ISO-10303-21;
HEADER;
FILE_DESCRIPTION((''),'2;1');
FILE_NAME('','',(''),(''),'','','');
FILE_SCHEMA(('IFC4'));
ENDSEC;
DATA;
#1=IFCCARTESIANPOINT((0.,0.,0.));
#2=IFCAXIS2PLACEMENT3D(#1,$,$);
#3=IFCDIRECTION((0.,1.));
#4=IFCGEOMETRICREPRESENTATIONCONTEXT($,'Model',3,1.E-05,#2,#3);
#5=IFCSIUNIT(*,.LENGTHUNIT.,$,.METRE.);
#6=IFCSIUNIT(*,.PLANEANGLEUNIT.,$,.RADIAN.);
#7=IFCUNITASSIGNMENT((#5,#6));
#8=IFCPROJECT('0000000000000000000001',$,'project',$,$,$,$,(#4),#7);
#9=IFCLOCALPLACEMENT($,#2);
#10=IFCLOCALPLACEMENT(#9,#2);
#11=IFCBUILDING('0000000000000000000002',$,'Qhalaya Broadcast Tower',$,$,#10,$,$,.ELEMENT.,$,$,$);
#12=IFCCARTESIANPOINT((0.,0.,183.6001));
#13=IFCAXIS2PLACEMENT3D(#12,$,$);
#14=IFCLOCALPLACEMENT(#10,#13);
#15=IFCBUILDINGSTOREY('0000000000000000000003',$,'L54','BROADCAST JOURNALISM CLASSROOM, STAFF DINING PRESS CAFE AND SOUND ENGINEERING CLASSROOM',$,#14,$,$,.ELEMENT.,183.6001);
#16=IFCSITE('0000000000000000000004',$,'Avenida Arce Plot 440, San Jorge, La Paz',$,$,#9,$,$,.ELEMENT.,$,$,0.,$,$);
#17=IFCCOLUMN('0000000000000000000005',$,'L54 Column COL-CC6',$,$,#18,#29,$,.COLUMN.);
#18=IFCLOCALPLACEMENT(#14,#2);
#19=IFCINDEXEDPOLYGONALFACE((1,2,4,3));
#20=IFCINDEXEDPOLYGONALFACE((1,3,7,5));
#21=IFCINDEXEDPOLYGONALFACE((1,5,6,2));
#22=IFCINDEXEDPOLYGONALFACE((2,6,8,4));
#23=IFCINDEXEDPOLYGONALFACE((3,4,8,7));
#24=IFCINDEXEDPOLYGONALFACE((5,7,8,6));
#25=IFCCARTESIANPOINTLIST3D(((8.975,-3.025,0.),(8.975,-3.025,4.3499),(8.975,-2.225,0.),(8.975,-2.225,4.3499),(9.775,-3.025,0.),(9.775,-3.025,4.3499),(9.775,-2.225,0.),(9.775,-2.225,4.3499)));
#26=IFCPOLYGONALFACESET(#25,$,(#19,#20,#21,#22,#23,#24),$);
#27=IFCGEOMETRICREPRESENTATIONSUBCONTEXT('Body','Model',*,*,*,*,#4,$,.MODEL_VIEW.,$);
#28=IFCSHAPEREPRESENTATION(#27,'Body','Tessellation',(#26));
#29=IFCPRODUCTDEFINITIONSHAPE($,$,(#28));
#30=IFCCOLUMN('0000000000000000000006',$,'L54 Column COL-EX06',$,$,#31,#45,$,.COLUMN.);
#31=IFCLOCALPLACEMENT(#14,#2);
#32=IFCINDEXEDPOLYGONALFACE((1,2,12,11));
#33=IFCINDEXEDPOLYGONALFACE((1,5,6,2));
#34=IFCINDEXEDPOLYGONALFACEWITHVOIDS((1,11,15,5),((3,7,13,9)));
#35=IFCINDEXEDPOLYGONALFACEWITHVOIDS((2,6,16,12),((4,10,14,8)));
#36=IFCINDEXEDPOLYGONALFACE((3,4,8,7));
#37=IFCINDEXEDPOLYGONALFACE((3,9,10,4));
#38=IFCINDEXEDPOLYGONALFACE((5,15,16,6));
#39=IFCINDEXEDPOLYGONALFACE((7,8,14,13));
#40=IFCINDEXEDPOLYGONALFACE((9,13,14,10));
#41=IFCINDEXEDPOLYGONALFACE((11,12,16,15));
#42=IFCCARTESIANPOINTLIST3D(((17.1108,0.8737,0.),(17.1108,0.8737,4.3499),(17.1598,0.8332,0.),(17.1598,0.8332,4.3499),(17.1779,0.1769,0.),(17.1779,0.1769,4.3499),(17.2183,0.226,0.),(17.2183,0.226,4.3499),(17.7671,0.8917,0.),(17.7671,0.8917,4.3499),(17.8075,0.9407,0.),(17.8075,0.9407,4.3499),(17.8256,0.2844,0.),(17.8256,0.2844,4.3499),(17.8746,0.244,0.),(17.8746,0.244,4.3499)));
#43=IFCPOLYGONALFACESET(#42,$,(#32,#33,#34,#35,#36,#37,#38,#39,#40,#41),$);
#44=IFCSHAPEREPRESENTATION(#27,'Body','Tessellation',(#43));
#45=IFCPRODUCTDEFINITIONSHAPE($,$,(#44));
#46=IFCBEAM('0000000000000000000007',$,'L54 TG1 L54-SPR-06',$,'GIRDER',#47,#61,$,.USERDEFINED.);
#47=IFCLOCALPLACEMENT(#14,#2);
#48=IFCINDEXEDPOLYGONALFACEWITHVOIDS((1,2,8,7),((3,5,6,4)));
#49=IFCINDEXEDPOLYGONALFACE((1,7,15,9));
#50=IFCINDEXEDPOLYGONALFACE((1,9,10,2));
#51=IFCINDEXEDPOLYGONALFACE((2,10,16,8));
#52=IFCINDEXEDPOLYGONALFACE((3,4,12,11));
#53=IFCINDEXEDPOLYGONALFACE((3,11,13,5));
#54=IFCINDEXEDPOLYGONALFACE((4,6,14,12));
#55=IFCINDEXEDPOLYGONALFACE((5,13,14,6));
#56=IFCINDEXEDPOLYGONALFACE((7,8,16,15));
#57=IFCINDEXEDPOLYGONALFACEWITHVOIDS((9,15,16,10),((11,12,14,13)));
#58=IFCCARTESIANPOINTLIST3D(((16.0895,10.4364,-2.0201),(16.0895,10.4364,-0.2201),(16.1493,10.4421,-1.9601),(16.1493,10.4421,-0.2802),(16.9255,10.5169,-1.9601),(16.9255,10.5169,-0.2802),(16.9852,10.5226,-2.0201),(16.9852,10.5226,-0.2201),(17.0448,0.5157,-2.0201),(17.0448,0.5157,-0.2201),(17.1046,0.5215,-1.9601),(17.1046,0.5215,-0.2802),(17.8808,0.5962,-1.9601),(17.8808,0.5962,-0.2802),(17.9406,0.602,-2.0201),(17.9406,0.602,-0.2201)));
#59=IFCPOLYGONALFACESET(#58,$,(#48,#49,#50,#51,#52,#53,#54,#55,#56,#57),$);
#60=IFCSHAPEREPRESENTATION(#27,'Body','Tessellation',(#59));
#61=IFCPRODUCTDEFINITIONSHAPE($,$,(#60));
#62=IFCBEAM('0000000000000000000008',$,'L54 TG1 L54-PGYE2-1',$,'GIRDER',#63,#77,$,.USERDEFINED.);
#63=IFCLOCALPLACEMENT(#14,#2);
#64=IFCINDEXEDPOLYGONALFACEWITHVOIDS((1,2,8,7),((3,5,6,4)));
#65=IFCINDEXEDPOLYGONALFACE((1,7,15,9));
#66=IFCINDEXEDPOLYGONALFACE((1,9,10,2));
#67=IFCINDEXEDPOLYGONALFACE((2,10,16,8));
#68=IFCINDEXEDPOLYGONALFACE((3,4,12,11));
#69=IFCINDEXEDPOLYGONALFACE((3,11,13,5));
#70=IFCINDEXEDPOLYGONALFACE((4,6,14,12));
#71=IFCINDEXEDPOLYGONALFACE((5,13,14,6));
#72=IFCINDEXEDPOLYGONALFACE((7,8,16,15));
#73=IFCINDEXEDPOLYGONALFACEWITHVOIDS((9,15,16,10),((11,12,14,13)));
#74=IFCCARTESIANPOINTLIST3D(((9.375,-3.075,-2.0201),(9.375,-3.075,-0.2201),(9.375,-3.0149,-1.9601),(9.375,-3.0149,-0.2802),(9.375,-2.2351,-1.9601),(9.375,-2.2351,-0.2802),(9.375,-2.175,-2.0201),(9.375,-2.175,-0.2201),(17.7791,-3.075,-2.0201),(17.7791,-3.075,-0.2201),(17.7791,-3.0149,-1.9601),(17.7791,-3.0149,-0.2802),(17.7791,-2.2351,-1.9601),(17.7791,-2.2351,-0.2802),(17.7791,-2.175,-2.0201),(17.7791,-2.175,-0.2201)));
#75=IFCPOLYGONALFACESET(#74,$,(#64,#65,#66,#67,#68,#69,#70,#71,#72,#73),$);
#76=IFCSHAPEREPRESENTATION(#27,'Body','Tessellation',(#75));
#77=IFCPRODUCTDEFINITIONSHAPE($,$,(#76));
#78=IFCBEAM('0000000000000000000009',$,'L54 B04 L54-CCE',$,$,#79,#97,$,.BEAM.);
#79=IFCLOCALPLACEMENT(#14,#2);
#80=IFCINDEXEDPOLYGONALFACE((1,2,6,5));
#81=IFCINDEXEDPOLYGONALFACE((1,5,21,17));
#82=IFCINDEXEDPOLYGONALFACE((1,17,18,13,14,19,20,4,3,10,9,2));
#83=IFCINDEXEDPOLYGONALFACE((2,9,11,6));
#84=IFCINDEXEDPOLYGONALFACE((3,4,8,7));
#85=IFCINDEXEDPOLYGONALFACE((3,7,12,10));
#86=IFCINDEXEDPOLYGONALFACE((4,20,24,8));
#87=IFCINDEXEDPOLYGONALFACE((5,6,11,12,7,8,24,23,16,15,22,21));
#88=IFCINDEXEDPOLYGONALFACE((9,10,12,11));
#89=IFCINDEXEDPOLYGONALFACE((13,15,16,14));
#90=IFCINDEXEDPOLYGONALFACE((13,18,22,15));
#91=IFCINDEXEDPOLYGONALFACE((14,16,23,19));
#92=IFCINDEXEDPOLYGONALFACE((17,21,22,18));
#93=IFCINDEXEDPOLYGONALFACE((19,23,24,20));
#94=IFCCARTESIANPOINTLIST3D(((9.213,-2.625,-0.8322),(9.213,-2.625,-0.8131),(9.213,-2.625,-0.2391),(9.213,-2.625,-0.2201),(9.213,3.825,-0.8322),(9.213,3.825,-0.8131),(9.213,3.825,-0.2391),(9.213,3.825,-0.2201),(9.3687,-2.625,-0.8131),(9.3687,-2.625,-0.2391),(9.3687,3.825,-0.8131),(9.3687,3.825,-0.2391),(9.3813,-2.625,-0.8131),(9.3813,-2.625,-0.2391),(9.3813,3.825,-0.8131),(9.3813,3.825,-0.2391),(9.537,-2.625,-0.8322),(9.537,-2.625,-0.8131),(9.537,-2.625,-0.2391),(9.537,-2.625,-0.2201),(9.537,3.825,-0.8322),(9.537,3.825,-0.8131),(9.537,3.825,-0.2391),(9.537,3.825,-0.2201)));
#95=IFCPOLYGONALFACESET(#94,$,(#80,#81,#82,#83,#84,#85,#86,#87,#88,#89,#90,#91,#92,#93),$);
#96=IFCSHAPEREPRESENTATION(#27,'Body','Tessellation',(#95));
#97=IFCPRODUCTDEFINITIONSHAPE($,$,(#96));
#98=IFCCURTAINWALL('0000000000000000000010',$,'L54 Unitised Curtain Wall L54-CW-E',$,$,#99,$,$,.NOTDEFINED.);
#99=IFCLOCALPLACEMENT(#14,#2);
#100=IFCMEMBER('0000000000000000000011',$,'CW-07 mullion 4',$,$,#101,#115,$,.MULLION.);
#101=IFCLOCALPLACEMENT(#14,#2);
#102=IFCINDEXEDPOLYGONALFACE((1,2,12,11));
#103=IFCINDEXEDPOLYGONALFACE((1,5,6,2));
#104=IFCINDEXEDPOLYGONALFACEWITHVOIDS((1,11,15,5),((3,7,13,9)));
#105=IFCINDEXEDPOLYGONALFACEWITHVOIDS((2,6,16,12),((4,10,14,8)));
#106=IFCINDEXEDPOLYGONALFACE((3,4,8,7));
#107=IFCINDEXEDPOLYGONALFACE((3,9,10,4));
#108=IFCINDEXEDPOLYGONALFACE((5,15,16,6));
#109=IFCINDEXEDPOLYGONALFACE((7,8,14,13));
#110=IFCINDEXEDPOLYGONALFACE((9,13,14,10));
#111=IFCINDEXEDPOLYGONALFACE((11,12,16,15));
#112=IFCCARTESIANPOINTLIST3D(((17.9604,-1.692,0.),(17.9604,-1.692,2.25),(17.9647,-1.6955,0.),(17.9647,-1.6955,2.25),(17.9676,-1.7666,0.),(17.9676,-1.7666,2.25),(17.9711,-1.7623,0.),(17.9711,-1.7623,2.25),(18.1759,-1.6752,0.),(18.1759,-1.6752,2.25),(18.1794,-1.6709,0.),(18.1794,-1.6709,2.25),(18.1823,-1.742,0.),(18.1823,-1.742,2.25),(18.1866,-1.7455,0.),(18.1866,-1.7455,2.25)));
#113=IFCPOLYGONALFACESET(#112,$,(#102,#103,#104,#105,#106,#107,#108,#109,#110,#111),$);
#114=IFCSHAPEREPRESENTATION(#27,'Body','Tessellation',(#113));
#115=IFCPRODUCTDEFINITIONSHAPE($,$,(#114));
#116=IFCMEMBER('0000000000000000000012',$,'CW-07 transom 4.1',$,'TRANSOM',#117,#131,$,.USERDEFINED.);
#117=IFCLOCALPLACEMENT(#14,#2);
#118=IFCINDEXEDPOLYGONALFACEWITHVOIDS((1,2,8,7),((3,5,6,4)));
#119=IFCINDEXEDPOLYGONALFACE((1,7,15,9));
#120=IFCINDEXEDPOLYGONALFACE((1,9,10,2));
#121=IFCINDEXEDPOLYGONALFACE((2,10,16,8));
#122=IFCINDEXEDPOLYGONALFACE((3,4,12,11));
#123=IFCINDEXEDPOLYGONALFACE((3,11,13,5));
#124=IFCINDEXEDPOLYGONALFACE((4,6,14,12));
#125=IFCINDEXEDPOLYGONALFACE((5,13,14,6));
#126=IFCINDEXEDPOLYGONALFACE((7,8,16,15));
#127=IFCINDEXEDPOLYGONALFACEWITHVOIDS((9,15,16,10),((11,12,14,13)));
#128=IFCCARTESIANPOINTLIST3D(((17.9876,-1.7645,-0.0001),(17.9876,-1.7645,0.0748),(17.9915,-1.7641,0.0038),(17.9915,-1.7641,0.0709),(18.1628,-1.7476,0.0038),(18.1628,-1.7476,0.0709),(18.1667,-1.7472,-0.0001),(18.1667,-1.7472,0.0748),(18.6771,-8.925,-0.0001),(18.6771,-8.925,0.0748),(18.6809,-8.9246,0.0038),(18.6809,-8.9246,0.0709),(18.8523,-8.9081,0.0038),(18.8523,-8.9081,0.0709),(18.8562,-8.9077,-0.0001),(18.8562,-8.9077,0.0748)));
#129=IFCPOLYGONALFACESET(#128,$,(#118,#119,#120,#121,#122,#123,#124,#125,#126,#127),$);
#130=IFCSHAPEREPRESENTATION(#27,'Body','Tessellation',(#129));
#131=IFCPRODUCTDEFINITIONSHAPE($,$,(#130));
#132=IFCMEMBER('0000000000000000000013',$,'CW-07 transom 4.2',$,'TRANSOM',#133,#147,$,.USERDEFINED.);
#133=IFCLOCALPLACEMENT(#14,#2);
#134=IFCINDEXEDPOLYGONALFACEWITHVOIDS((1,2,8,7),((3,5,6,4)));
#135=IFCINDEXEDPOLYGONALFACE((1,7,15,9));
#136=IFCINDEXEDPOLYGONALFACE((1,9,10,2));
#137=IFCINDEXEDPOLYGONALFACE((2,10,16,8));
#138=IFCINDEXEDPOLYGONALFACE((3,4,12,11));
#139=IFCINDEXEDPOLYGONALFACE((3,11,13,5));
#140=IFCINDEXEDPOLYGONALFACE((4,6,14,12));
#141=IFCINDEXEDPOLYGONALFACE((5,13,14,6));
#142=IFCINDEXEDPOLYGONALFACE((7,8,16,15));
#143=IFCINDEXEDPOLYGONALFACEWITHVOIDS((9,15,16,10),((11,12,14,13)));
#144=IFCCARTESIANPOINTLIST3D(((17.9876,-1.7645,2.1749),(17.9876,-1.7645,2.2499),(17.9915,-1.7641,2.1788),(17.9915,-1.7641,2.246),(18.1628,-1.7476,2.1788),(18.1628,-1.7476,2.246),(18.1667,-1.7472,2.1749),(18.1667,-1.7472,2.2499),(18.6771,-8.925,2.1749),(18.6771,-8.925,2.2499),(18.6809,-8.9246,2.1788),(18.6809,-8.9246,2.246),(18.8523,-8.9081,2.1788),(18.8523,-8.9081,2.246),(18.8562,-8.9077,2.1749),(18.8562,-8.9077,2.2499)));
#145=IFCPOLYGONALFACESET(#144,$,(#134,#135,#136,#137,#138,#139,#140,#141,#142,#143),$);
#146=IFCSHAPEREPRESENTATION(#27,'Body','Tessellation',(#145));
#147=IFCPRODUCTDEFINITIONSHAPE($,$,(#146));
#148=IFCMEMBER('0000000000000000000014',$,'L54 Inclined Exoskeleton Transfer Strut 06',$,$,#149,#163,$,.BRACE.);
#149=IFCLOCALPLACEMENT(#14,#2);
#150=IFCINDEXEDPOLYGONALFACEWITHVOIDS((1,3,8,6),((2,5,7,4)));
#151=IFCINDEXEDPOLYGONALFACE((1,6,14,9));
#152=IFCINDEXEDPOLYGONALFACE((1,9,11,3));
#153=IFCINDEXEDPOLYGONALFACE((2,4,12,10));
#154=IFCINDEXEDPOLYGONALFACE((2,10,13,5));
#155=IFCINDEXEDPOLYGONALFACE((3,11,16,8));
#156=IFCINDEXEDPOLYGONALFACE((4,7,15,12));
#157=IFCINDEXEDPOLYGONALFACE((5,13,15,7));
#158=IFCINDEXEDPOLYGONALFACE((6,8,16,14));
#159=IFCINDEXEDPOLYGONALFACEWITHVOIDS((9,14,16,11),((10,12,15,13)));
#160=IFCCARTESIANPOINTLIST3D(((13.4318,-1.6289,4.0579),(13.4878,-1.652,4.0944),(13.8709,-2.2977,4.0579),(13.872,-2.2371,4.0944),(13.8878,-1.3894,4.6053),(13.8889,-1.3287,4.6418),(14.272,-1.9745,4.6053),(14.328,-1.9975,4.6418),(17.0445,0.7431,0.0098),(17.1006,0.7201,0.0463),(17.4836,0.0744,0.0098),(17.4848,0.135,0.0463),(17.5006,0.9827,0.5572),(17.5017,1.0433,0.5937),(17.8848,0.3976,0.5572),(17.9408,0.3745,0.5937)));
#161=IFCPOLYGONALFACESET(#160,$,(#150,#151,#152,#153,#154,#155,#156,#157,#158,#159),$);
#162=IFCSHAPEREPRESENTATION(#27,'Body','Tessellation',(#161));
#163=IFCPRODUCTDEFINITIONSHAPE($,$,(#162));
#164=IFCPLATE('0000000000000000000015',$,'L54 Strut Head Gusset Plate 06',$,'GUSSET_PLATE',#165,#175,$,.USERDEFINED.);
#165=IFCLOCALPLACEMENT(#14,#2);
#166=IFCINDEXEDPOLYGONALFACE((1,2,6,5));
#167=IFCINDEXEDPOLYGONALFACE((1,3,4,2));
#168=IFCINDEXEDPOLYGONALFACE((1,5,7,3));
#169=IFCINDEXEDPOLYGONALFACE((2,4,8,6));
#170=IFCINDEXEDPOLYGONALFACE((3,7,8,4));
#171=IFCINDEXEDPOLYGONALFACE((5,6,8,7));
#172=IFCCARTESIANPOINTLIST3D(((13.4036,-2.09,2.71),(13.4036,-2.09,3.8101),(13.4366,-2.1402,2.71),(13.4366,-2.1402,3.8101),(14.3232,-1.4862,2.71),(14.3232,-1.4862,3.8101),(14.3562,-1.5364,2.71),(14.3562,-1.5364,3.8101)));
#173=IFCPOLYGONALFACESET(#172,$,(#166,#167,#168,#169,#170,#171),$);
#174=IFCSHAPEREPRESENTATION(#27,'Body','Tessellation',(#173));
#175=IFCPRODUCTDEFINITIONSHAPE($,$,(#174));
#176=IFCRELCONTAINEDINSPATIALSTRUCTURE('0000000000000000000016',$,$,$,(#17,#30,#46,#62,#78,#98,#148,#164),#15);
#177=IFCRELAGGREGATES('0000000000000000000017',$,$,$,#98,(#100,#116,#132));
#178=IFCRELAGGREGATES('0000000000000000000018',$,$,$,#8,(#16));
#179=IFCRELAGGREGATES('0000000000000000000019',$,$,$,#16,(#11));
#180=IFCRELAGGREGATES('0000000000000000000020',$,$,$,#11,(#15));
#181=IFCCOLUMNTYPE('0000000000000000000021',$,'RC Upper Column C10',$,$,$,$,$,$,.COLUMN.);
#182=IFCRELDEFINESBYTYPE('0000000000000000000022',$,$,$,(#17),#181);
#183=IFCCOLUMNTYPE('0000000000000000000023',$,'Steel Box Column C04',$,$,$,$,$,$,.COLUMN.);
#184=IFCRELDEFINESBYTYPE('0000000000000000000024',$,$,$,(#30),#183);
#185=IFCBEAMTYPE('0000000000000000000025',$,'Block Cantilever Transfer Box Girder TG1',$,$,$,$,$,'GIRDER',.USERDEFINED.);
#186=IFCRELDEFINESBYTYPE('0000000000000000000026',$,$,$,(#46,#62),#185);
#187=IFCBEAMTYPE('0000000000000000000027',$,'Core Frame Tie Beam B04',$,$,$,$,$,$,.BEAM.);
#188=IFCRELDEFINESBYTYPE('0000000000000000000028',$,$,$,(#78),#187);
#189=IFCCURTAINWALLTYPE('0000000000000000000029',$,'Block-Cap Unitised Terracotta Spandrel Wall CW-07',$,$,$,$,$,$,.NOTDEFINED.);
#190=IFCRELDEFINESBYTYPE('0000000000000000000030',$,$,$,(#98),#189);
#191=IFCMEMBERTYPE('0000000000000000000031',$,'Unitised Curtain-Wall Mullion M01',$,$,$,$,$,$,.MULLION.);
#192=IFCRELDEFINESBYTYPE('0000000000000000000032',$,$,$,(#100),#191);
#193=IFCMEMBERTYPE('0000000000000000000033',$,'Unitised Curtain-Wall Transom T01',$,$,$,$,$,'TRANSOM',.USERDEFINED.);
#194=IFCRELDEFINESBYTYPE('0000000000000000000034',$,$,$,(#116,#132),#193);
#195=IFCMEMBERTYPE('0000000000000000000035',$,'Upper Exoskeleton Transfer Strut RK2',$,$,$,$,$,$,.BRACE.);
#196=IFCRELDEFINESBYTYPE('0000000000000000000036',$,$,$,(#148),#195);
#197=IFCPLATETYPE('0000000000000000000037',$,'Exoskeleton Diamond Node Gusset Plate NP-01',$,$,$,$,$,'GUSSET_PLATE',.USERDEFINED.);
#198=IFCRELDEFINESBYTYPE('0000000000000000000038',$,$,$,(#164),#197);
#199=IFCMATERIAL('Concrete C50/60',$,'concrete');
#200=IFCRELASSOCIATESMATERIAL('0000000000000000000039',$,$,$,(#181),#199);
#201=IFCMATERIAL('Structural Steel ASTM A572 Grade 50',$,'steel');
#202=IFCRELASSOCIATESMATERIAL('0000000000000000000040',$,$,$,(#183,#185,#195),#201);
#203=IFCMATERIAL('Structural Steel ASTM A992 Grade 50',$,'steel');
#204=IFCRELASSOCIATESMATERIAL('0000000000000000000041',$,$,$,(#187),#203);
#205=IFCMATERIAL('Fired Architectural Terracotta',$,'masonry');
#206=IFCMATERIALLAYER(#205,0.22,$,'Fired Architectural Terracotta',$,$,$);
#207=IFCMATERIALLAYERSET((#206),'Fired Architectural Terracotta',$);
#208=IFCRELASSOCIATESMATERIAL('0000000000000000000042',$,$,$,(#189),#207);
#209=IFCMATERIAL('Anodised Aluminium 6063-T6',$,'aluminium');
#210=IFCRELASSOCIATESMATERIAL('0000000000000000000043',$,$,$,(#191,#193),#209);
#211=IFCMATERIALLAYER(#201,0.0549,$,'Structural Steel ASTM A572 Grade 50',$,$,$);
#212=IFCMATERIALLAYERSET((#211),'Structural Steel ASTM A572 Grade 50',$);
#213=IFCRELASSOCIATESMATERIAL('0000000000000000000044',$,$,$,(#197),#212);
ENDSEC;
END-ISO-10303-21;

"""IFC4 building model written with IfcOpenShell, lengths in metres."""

from ifc_helpers import new_model, si_unit, direction, frame, origin, origin_2d, place, context, subcontext, project, spatial, rectangle, hollow_rectangle, i_section, extrude, material, layer, layer_set, material_profile, profile_set, type_object, element, aggregate, save


model = new_model("IFC4")

# Units and contexts
model_context = context("Model", 3, precision=1e-05, world=origin(), true_north=direction((0.0, 1.0)))
body_context = subcontext(model_context, "Body", "Model", "MODEL_VIEW")
ifc_project = project(units=[si_unit("LENGTHUNIT", "METRE"), si_unit("PLANEANGLEUNIT", "RADIAN")], contexts=[model_context])

# Site, building, storey
site_placement = place(None, origin())
site = spatial("IfcSite", under=ifc_project, at=site_placement, Name="Avenida Arce Plot 440, San Jorge, La Paz", CompositionType="ELEMENT", RefElevation=0.0)
building_placement = place(site_placement, origin())
building = spatial("IfcBuilding", under=site, at=building_placement, Name="Qhalaya Broadcast Tower", CompositionType="ELEMENT")
storey_placement = place(building_placement, frame((0.0, 0.0, 183.6001)))
storey = spatial("IfcBuildingStorey", under=building, at=storey_placement, Name="L54", Description="BROADCAST JOURNALISM CLASSROOM, STAFF DINING PRESS CAFE AND SOUND ENGINEERING CLASSROOM", CompositionType="ELEMENT", Elevation=183.6001)

# Columns
ifc_material_1 = material(Name="Concrete C50/60", Category="concrete")
ifc_material_profile_1 = material_profile(ifc_material_1, rectangle(XDim=0.8, YDim=0.8, at=origin_2d()), Name="RC-COL 800x800")
ifc_profile_set_1 = profile_set([ifc_material_profile_1], Name="Concrete C50/60")
column_type_1 = type_object("IfcColumnType", Name="RC Upper Column C10", PredefinedType="COLUMN", material=ifc_profile_set_1)
column_1_placement = place(storey_placement, frame((9.375, -2.625, 0.0), z_axis=(0.0, 0.0, 1.0), x_axis=(1.0, 0.0, 0.0)))
element("IfcColumn", 1, at=column_1_placement, inside=storey, type_object=column_type_1, Name="L54 Column COL-CC6", PredefinedType="COLUMN", context=body_context, shape_type="SweptSolid", body=[
    extrude(rectangle(XDim=0.8, YDim=0.8, at=origin_2d()), origin(), (0.0, 0.0, 1.0), 4.3499),
])
ifc_material_2 = material(Name="Structural Steel ASTM A572 Grade 50", Category="steel")
ifc_material_profile_2 = material_profile(ifc_material_2, hollow_rectangle(XDim=0.7, YDim=0.7, WallThickness=0.0449, at=origin_2d()), Name="BOX 700x700x45")
ifc_profile_set_2 = profile_set([ifc_material_profile_2], Name="Structural Steel ASTM A572 Grade 50")
column_type_2 = type_object("IfcColumnType", Name="Steel Box Column C04", PredefinedType="COLUMN", material=ifc_profile_set_2)
column_2_placement = place(storey_placement, frame((17.4927, 0.5588, 0.0), z_axis=(0.0, 0.0, 1.0), x_axis=(-0.095846, 0.995396, 0.0)))
element("IfcColumn", 2, at=column_2_placement, inside=storey, type_object=column_type_2, Name="L54 Column COL-EX06", PredefinedType="COLUMN", context=body_context, shape_type="SweptSolid", body=[
    extrude(hollow_rectangle(XDim=0.7, YDim=0.7, WallThickness=0.0449, at=origin_2d()), origin(), (0.0, 0.0, 1.0), 4.3499),
])

# Beams
ifc_material_profile_3 = material_profile(ifc_material_2, hollow_rectangle(XDim=0.8999, YDim=1.8, WallThickness=0.0601, at=origin_2d()), Name="BOX 900x1800x60")
ifc_profile_set_3 = profile_set([ifc_material_profile_3], Name="Structural Steel ASTM A572 Grade 50")
beam_type_1 = type_object("IfcBeamType", Name="Block Cantilever Transfer Box Girder TG1", ElementType="GIRDER", PredefinedType="USERDEFINED", material=ifc_profile_set_3)
beam_1_placement = place(storey_placement, frame((17.4927, 0.5588, -1.1201), z_axis=(-0.095853, 0.995396, 0.0), x_axis=(-0.995396, -0.095853, 0.0)))
element("IfcBeam", 3, at=beam_1_placement, inside=storey, type_object=beam_type_1, Name="L54 TG1 L54-SPR-06", ObjectType="GIRDER", PredefinedType="USERDEFINED", context=body_context, shape_type="SweptSolid", body=[
    extrude(hollow_rectangle(XDim=0.8999, YDim=1.8, WallThickness=0.0601, at=origin_2d()), origin(), (0.0, 0.0, 1.0), 9.9666),
])
beam_2_placement = place(storey_placement, frame((9.375, -2.625, -1.1201), z_axis=(1.0, 0.0, 0.0), x_axis=(0.0, 1.0, 0.0)))
element("IfcBeam", 4, at=beam_2_placement, inside=storey, type_object=beam_type_1, Name="L54 TG1 L54-PGYE2-1", ObjectType="GIRDER", PredefinedType="USERDEFINED", context=body_context, shape_type="SweptSolid", body=[
    extrude(hollow_rectangle(XDim=0.8999, YDim=1.8, WallThickness=0.0601, at=origin_2d()), origin(), (0.0, 0.0, 1.0), 8.4041),
])
ifc_material_3 = material(Name="Structural Steel ASTM A992 Grade 50", Category="steel")
ifc_material_profile_4 = material_profile(ifc_material_3, i_section(OverallWidth=0.324, OverallDepth=0.6121, WebThickness=0.0127, FlangeThickness=0.019, at=origin_2d()), Name="W24X104")
ifc_profile_set_4 = profile_set([ifc_material_profile_4], Name="Structural Steel ASTM A992 Grade 50")
beam_type_2 = type_object("IfcBeamType", Name="Core Frame Tie Beam B04", PredefinedType="BEAM", material=ifc_profile_set_4)
beam_3_placement = place(storey_placement, frame((9.375, -2.625, -0.5261), z_axis=(0.0, 1.0, 0.0), x_axis=(-1.0, 0.0, 0.0)))
element("IfcBeam", 5, at=beam_3_placement, inside=storey, type_object=beam_type_2, Name="L54 B04 L54-CCE", PredefinedType="BEAM", context=body_context, shape_type="SweptSolid", body=[
    extrude(i_section(OverallWidth=0.324, OverallDepth=0.6121, WebThickness=0.0127, FlangeThickness=0.019, at=origin_2d()), origin(), (0.0, 0.0, 1.0), 6.45),
])

# Curtain wall, members
ifc_material_4 = material(Name="Fired Architectural Terracotta", Category="masonry")
ifc_layer_1 = layer(ifc_material_4, 0.22, Name="Fired Architectural Terracotta")
ifc_layer_set_1 = layer_set([ifc_layer_1], Name="Fired Architectural Terracotta")
curtain_wall_type = type_object("IfcCurtainWallType", Name="Block-Cap Unitised Terracotta Spandrel Wall CW-07", PredefinedType="NOTDEFINED", material=ifc_layer_set_1)
curtain_wall_placement = place(storey_placement, origin())
curtain_wall = element("IfcCurtainWall", 6, at=curtain_wall_placement, inside=storey, type_object=curtain_wall_type, Name="L54 Unitised Curtain Wall L54-CW-E", PredefinedType="NOTDEFINED")
ifc_material_5 = material(Name="Anodised Aluminium 6063-T6", Category="aluminium")
ifc_material_profile_5 = material_profile(ifc_material_5, hollow_rectangle(XDim=0.075, YDim=0.22, WallThickness=0.0039, at=origin_2d()), Name="ALU-MUL 75x220x4")
ifc_profile_set_5 = profile_set([ifc_material_profile_5], Name="Anodised Aluminium 6063-T6")
member_type_1 = type_object("IfcMemberType", Name="Unitised Curtain-Wall Mullion M01", PredefinedType="MULLION", material=ifc_profile_set_5)
member_1_placement = place(storey_placement, frame((18.0735, -1.7188, 0.0), z_axis=(0.0, 0.0, 1.0), x_axis=(0.095846, -0.995396, 0.0)))
member_1 = element("IfcMember", 7, at=member_1_placement, type_object=member_type_1, Name="CW-07 mullion 4", PredefinedType="MULLION", context=body_context, shape_type="SweptSolid", body=[
    extrude(hollow_rectangle(XDim=0.075, YDim=0.22, WallThickness=0.0039, at=origin_2d()), origin(), (0.0, 0.0, 1.0), 2.25),
])
ifc_material_profile_6 = material_profile(ifc_material_5, hollow_rectangle(XDim=0.075, YDim=0.1799, WallThickness=0.0039, at=origin_2d()), Name="ALU-TRN 75x180x4")
ifc_profile_set_6 = profile_set([ifc_material_profile_6], Name="Anodised Aluminium 6063-T6")
member_type_2 = type_object("IfcMemberType", Name="Unitised Curtain-Wall Transom T01", ElementType="TRANSOM", PredefinedType="USERDEFINED", material=ifc_profile_set_6)
member_2_placement = place(storey_placement, frame((18.0771, -1.7559, 0.0374), z_axis=(0.095844, -0.995396, 0.0), x_axis=(0.0, 0.0, 1.0)))
member_2 = element("IfcMember", 8, at=member_2_placement, type_object=member_type_2, Name="CW-07 transom 4.1", ObjectType="TRANSOM", PredefinedType="USERDEFINED", context=body_context, shape_type="SweptSolid", body=[
    extrude(hollow_rectangle(XDim=0.075, YDim=0.1799, WallThickness=0.0039, at=origin_2d()), origin(), (0.0, 0.0, 1.0), 7.1936),
])
member_3_placement = place(storey_placement, frame((18.0771, -1.7559, 2.2124), z_axis=(0.095844, -0.995396, 0.0), x_axis=(0.0, 0.0, 1.0)))
member_3 = element("IfcMember", 9, at=member_3_placement, type_object=member_type_2, Name="CW-07 transom 4.2", ObjectType="TRANSOM", PredefinedType="USERDEFINED", context=body_context, shape_type="SweptSolid", body=[
    extrude(hollow_rectangle(XDim=0.075, YDim=0.1799, WallThickness=0.0039, at=origin_2d()), origin(), (0.0, 0.0, 1.0), 7.1936),
])

# Member
ifc_material_profile_7 = material_profile(ifc_material_2, hollow_rectangle(XDim=0.8, YDim=0.8, WallThickness=0.05, at=origin_2d()), Name="BOX 800x800x50")
ifc_profile_set_7 = profile_set([ifc_material_profile_7], Name="Structural Steel ASTM A572 Grade 50")
member_type_3 = type_object("IfcMemberType", Name="Upper Exoskeleton Transfer Strut RK2", PredefinedType="BRACE", material=ifc_profile_set_7)
member_4_placement = place(storey_placement, frame((17.4927, 0.5588, 0.3018), z_axis=(-0.610098, -0.400575, 0.683608), x_axis=(0.548846, -0.835923, 0.0)))
element("IfcMember", 10, at=member_4_placement, inside=storey, type_object=member_type_3, Name="L54 Inclined Exoskeleton Transfer Strut 06", PredefinedType="BRACE", context=body_context, shape_type="SweptSolid", body=[
    extrude(hollow_rectangle(XDim=0.8, YDim=0.8, WallThickness=0.05, at=origin_2d()), origin(), (0.0, 0.0, 1.0), 5.9216),
])

# Plate
ifc_layer_2 = layer(ifc_material_2, 0.0549, Name="Structural Steel ASTM A572 Grade 50")
ifc_layer_set_2 = layer_set([ifc_layer_2], Name="Structural Steel ASTM A572 Grade 50")
plate_type_1 = type_object("IfcPlateType", Name="Exoskeleton Diamond Node Gusset Plate NP-01", ElementType="GUSSET_PLATE", PredefinedType="USERDEFINED", material=ifc_layer_set_2)
plate_1_placement = place(storey_placement, frame((13.8799, -1.8132, 2.71), z_axis=(0.0, 0.0, 1.0), x_axis=(-0.835903, -0.548877, 0.0)))
element("IfcPlate", 11, at=plate_1_placement, inside=storey, type_object=plate_type_1, Name="L54 Strut Head Gusset Plate 06", ObjectType="GUSSET_PLATE", PredefinedType="USERDEFINED", context=body_context, shape_type="SweptSolid", body=[
    extrude(rectangle(XDim=1.1001, YDim=0.0601, at=origin_2d()), origin(), (0.0, 0.0, 1.0), 1.1001),
])

aggregate(curtain_wall, [member_1, member_2, member_3])

save(model, "model.ifc")
